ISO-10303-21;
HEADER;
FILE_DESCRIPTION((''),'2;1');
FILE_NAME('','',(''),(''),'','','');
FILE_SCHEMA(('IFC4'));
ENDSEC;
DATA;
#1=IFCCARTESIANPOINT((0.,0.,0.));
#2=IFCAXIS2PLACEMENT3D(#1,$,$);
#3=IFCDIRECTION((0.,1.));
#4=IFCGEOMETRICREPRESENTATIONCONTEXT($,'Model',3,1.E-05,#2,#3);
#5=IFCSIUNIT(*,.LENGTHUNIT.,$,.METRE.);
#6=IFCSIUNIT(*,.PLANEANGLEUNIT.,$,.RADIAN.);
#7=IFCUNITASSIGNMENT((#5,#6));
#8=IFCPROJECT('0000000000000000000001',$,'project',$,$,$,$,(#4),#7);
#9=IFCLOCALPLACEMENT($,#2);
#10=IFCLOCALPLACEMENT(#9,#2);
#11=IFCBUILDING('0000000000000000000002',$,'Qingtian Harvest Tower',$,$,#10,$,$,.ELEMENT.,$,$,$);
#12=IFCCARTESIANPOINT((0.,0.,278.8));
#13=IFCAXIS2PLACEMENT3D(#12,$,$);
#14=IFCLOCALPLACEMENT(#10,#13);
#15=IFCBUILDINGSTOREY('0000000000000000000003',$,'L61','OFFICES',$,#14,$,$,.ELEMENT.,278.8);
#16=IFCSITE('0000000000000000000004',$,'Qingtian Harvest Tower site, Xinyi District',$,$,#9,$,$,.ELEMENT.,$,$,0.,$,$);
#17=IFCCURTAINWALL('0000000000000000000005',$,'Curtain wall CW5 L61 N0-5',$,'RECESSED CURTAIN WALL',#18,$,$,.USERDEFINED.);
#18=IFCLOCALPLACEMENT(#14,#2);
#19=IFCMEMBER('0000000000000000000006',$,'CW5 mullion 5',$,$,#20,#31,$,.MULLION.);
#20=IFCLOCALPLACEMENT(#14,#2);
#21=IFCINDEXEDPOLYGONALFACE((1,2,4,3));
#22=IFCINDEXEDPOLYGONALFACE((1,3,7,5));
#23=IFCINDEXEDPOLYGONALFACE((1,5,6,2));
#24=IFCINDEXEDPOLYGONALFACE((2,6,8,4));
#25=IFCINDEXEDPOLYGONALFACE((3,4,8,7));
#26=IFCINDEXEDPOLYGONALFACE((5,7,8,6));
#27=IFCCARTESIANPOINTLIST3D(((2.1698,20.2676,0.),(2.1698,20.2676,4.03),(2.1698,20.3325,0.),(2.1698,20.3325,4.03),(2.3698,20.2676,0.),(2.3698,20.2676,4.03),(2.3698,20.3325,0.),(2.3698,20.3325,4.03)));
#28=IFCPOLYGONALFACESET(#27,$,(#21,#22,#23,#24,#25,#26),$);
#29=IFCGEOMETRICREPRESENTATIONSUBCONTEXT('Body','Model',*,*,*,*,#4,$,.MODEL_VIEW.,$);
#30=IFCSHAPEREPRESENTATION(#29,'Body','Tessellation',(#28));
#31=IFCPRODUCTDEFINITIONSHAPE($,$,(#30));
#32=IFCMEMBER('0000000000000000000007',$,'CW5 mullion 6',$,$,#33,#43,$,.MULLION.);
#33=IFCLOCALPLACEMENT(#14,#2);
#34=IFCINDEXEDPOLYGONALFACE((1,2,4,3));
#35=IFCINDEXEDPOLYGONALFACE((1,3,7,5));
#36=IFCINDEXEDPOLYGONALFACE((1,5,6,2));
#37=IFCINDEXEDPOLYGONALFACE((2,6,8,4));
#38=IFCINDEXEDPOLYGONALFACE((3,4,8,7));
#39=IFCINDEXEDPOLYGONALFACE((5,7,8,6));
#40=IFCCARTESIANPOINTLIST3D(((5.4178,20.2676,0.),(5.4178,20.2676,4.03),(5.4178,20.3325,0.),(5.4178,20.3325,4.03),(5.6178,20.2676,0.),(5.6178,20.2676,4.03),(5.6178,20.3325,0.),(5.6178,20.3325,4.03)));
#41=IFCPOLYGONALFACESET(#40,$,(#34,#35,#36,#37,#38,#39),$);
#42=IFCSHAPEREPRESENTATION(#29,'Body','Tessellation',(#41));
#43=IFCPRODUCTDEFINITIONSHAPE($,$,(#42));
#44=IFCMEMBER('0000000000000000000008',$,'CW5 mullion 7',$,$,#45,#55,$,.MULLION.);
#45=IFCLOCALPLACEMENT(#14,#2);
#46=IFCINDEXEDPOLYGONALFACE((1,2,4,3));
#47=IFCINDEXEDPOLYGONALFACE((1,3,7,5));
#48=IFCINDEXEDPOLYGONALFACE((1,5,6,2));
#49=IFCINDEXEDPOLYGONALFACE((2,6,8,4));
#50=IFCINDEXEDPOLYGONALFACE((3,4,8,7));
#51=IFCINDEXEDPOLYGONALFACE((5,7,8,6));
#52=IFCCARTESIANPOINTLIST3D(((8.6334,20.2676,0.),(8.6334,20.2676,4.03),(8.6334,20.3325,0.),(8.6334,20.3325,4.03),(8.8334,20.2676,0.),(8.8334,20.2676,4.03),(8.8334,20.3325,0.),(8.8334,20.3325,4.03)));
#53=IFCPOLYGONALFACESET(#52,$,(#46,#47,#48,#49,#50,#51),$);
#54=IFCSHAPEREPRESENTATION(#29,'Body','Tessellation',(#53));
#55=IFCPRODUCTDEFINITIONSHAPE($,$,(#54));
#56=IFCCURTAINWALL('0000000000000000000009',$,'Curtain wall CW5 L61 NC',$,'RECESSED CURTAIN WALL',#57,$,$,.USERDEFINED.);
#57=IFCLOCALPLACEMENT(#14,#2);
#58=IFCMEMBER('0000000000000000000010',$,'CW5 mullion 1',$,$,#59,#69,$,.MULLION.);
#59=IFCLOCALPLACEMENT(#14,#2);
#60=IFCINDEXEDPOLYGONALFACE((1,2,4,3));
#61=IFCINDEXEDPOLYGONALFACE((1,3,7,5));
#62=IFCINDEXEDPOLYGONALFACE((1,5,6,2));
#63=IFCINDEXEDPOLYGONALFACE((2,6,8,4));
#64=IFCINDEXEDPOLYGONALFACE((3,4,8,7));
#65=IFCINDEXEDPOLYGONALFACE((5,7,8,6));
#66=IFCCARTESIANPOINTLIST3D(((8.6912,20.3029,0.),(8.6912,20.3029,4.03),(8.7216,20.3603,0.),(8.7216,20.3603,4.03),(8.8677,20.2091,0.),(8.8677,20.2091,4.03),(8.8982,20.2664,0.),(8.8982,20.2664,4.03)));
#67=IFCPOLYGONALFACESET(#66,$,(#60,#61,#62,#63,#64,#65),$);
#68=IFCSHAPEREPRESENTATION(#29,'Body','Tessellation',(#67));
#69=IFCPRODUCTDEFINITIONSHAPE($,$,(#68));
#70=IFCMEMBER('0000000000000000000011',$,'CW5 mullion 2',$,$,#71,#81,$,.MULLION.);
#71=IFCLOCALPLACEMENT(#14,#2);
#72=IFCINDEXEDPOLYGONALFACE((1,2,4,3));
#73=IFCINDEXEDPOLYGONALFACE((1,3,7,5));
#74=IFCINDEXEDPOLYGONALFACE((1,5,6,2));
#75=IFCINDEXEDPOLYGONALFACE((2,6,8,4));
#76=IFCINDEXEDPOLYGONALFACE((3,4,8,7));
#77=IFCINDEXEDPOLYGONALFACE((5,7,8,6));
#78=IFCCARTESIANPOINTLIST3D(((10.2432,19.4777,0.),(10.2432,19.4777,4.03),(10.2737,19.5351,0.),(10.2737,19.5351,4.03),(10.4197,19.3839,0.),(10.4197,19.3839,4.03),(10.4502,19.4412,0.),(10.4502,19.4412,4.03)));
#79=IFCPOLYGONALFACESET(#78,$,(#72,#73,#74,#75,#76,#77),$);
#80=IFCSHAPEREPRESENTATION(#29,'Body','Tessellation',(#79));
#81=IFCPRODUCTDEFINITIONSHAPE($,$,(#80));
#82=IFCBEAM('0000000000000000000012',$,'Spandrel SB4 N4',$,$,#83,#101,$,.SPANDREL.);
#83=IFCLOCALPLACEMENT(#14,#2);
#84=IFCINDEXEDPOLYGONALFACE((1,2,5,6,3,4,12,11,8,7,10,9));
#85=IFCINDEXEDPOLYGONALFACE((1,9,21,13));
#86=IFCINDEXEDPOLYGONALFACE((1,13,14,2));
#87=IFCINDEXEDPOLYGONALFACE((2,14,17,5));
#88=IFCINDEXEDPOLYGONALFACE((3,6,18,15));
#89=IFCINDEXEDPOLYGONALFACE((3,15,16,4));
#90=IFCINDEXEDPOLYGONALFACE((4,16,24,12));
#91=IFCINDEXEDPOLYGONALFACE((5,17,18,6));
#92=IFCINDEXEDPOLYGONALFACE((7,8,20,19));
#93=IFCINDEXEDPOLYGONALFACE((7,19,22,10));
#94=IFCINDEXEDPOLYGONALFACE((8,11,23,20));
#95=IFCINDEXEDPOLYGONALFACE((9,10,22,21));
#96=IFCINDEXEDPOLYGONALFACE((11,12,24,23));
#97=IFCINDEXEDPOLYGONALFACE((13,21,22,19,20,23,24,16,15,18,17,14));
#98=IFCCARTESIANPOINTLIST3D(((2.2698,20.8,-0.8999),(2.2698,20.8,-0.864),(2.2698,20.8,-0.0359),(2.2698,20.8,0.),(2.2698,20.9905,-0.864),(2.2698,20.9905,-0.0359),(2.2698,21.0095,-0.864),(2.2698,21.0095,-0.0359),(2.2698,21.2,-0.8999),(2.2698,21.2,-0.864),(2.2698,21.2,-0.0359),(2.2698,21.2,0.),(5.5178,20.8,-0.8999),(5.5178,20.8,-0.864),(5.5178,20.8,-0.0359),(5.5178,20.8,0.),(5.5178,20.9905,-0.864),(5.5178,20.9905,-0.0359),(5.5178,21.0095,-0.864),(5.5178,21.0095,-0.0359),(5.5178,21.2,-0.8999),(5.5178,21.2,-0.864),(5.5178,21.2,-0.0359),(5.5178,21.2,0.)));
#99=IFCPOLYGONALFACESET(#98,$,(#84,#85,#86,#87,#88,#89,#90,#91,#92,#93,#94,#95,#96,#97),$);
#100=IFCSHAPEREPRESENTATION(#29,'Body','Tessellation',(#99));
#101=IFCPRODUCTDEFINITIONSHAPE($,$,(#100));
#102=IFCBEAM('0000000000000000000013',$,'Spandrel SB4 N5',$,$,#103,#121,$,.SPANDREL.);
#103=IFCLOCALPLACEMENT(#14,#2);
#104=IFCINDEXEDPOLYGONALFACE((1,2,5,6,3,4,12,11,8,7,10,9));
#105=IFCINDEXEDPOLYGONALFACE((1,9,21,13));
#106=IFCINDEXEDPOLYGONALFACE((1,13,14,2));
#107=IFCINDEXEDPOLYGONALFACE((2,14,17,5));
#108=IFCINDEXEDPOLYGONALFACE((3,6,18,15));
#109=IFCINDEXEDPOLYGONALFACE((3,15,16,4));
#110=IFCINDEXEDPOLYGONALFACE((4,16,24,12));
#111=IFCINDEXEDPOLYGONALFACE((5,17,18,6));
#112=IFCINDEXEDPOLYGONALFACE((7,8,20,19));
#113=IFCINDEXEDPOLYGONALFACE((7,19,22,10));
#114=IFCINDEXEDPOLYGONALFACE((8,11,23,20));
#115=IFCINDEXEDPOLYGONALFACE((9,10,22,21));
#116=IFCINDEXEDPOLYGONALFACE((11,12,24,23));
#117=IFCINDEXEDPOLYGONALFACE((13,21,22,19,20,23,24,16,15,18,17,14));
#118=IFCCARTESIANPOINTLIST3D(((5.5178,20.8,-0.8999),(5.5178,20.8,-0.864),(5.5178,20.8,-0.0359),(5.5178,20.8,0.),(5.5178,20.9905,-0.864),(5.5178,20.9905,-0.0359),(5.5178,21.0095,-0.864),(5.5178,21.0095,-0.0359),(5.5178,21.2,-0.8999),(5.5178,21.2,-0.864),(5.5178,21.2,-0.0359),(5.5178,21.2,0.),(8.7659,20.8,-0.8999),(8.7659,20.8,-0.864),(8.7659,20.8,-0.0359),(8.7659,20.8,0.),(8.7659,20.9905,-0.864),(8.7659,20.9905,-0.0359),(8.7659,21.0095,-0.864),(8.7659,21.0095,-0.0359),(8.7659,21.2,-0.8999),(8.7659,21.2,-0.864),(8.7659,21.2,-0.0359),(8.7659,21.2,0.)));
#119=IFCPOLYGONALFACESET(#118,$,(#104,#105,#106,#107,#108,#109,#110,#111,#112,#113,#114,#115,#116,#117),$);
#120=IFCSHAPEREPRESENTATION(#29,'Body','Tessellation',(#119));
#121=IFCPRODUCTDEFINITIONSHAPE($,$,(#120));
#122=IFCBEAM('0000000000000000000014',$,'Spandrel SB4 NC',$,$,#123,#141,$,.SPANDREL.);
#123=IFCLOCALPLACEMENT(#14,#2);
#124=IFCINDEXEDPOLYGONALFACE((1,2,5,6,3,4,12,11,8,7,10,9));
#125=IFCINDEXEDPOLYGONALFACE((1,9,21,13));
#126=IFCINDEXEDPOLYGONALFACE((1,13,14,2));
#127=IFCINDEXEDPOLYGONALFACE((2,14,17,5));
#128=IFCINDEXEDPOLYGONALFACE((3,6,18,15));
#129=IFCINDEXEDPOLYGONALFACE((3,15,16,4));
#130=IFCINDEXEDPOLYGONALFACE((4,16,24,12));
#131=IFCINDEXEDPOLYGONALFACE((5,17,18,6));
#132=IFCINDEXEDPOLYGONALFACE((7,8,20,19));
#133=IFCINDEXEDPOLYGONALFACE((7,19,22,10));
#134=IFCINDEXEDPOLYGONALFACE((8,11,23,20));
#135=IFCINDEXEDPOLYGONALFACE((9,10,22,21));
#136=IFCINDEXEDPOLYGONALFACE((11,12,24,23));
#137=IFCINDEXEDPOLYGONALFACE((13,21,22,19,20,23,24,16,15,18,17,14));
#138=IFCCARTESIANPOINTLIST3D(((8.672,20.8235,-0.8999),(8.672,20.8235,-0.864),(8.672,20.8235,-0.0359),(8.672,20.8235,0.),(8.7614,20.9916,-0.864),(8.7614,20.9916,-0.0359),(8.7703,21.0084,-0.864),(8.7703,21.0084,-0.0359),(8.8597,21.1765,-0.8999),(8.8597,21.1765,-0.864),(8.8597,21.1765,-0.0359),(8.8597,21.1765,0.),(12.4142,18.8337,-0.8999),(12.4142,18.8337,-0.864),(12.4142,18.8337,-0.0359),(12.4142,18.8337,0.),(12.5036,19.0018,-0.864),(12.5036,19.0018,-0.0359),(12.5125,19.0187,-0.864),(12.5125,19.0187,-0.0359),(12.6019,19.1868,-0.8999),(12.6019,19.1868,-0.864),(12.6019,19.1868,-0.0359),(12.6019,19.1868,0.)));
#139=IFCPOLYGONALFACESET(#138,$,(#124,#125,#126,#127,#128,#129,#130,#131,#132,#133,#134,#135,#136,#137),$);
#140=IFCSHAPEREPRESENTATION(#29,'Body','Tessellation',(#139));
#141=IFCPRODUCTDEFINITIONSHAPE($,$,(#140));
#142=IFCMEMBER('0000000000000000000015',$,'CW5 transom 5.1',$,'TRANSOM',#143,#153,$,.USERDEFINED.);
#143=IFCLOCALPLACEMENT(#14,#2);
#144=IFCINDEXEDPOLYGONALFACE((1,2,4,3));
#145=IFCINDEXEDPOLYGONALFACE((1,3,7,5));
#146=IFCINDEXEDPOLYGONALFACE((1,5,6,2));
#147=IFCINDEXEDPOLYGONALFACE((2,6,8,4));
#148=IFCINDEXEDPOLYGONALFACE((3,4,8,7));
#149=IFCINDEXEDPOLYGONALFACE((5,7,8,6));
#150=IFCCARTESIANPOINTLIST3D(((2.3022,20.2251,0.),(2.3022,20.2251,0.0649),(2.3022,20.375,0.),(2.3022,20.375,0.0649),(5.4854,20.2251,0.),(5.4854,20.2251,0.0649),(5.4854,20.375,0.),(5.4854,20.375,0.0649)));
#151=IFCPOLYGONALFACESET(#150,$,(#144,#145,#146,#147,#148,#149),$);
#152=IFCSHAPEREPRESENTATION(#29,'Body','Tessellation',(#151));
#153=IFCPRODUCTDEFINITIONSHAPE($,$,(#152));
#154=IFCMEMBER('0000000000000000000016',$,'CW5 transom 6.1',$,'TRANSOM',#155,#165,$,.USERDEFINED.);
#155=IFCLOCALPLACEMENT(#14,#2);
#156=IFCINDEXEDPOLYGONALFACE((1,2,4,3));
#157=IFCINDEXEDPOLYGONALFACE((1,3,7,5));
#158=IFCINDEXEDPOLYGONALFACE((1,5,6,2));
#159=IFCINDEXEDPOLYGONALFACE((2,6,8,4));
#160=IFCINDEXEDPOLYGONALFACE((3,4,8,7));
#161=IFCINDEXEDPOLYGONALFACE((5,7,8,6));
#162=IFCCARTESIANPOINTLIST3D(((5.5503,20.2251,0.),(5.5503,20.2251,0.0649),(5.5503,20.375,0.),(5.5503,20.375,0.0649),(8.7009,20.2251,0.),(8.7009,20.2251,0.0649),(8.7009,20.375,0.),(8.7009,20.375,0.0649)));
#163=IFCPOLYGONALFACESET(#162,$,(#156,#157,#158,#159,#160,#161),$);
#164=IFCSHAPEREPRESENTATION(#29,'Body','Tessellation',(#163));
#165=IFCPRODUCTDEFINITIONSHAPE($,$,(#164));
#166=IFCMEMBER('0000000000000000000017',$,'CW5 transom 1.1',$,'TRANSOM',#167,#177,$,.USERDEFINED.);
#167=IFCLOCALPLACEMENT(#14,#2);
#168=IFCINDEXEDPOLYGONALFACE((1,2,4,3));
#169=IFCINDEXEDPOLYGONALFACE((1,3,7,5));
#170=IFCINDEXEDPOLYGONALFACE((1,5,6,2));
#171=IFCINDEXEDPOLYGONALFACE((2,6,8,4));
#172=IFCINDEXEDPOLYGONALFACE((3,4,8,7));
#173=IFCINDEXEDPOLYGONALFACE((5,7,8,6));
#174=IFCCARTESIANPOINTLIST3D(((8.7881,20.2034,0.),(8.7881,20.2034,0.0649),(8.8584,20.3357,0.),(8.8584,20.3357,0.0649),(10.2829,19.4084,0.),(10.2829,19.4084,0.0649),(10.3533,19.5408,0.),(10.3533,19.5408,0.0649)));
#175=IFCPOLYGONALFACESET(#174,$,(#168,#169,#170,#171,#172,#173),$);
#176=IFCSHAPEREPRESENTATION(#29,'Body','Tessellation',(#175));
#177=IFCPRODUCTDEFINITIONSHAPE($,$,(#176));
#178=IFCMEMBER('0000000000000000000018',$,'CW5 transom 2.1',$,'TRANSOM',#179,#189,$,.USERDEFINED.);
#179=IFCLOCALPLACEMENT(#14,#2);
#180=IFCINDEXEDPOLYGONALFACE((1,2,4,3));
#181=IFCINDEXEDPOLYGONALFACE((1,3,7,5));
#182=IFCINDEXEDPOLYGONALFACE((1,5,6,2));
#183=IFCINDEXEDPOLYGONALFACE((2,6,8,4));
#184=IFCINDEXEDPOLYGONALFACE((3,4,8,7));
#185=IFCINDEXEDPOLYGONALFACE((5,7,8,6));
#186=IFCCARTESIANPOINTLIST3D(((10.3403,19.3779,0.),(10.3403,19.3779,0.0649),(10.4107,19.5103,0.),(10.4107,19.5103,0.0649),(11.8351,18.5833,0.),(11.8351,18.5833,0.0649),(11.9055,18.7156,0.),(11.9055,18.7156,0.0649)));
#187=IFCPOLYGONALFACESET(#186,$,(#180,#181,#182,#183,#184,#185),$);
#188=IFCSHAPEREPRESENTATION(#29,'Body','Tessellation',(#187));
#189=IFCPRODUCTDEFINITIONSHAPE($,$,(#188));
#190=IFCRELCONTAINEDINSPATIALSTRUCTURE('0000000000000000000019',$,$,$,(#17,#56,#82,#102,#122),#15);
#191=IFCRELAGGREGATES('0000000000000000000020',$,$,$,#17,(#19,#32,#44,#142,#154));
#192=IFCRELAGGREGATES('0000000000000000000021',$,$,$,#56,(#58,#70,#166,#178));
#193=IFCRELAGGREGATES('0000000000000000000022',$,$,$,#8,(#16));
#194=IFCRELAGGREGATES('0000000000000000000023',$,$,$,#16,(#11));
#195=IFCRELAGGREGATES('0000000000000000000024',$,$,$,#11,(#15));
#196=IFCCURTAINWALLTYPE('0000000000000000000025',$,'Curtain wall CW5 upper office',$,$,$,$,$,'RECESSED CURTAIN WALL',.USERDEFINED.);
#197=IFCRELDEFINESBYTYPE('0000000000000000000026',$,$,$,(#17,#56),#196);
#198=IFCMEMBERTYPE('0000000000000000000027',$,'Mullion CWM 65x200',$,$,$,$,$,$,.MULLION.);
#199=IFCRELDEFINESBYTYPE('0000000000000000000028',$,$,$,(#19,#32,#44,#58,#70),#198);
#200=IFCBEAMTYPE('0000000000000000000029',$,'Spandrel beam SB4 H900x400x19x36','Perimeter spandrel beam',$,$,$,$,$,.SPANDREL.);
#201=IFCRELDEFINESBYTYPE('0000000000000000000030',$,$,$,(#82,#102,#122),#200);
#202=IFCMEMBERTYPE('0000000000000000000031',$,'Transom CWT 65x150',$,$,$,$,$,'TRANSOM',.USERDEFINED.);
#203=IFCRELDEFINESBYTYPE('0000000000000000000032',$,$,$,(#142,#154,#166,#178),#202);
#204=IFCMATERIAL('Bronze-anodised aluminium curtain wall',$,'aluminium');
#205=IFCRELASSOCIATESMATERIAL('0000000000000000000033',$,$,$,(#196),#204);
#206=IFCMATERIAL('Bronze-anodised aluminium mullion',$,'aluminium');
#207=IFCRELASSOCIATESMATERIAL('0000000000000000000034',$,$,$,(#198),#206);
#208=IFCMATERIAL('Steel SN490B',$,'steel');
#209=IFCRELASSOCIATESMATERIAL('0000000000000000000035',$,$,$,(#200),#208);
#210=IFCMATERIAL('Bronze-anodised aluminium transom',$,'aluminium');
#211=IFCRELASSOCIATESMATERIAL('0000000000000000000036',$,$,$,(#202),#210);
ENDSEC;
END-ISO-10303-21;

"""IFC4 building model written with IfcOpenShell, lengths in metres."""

from ifc_helpers import new_model, si_unit, direction, frame, origin, origin_2d, place, context, subcontext, project, spatial, rectangle, i_section, extrude, material, material_profile, profile_set, type_object, element, aggregate, save


model = new_model("IFC4")

# Units and contexts
model_context = context("Model", 3, precision=1e-05, world=origin(), true_north=direction((0.0, 1.0)))
body_context = subcontext(model_context, "Body", "Model", "MODEL_VIEW")
ifc_project = project(units=[si_unit("LENGTHUNIT", "METRE"), si_unit("PLANEANGLEUNIT", "RADIAN")], contexts=[model_context])

# Site, building, storey
site_placement = place(None, origin())
site = spatial("IfcSite", under=ifc_project, at=site_placement, Name="Qingtian Harvest Tower site, Xinyi District", CompositionType="ELEMENT", RefElevation=0.0)
building_placement = place(site_placement, origin())
building = spatial("IfcBuilding", under=site, at=building_placement, Name="Qingtian Harvest Tower", CompositionType="ELEMENT")
storey_placement = place(building_placement, frame((0.0, 0.0, 278.8)))
storey = spatial("IfcBuildingStorey", under=building, at=storey_placement, Name="L61", Description="OFFICES", CompositionType="ELEMENT", Elevation=278.8)

# Curtain walls, members
ifc_material_1 = material(Name="Bronze-anodised aluminium curtain wall", Category="aluminium")
curtain_wall_type = type_object("IfcCurtainWallType", Name="Curtain wall CW5 upper office", ElementType="RECESSED CURTAIN WALL", PredefinedType="USERDEFINED", material=ifc_material_1)
curtain_wall_1_placement = place(storey_placement, origin())
curtain_wall_1 = element("IfcCurtainWall", 1, at=curtain_wall_1_placement, inside=storey, type_object=curtain_wall_type, Name="Curtain wall CW5 L61 N0-5", ObjectType="RECESSED CURTAIN WALL", PredefinedType="USERDEFINED")
ifc_material_2 = material(Name="Bronze-anodised aluminium mullion", Category="aluminium")
ifc_material_profile_1 = material_profile(ifc_material_2, rectangle(XDim=0.0649, YDim=0.2, at=origin_2d()), Name="AL 65x200")
ifc_profile_set_1 = profile_set([ifc_material_profile_1], Name="Bronze-anodised aluminium mullion")
member_type_1 = type_object("IfcMemberType", Name="Mullion CWM 65x200", PredefinedType="MULLION", material=ifc_profile_set_1)
member_1_placement = place(storey_placement, frame((2.2698, 20.3, 0.0), z_axis=(0.0, 0.0, 1.0), x_axis=(0.0, 1.0, 0.0)))
member_1 = element("IfcMember", 2, at=member_1_placement, type_object=member_type_1, Name="CW5 mullion 5", PredefinedType="MULLION", context=body_context, shape_type="SweptSolid", body=[
    extrude(rectangle(XDim=0.0649, YDim=0.2, at=origin_2d()), origin(), (0.0, 0.0, 1.0), 4.03),
])
member_2_placement = place(storey_placement, frame((5.5178, 20.3, 0.0), z_axis=(0.0, 0.0, 1.0), x_axis=(0.0, 1.0, 0.0)))
member_2 = element("IfcMember", 3, at=member_2_placement, type_object=member_type_1, Name="CW5 mullion 6", PredefinedType="MULLION", context=body_context, shape_type="SweptSolid", body=[
    extrude(rectangle(XDim=0.0649, YDim=0.2, at=origin_2d()), origin(), (0.0, 0.0, 1.0), 4.03),
])
member_3_placement = place(storey_placement, frame((8.7334, 20.3, 0.0), z_axis=(0.0, 0.0, 1.0), x_axis=(0.0, 1.0, 0.0)))
member_3 = element("IfcMember", 4, at=member_3_placement, type_object=member_type_1, Name="CW5 mullion 7", PredefinedType="MULLION", context=body_context, shape_type="SweptSolid", body=[
    extrude(rectangle(XDim=0.0649, YDim=0.2, at=origin_2d()), origin(), (0.0, 0.0, 1.0), 4.03),
])
curtain_wall_2_placement = place(storey_placement, origin())
curtain_wall_2 = element("IfcCurtainWall", 5, at=curtain_wall_2_placement, inside=storey, type_object=curtain_wall_type, Name="Curtain wall CW5 L61 NC", ObjectType="RECESSED CURTAIN WALL", PredefinedType="USERDEFINED")
member_4_placement = place(storey_placement, frame((8.7947, 20.2847, 0.0), z_axis=(0.0, 0.0, 1.0), x_axis=(0.469472, 0.882948, 0.0)))
member_4 = element("IfcMember", 6, at=member_4_placement, type_object=member_type_1, Name="CW5 mullion 1", PredefinedType="MULLION", context=body_context, shape_type="SweptSolid", body=[
    extrude(rectangle(XDim=0.0649, YDim=0.2, at=origin_2d()), origin(), (0.0, 0.0, 1.0), 4.03),
])
member_5_placement = place(storey_placement, frame((10.3467, 19.4595, 0.0), z_axis=(0.0, 0.0, 1.0), x_axis=(0.469472, 0.882948, 0.0)))
member_5 = element("IfcMember", 7, at=member_5_placement, type_object=member_type_1, Name="CW5 mullion 2", PredefinedType="MULLION", context=body_context, shape_type="SweptSolid", body=[
    extrude(rectangle(XDim=0.0649, YDim=0.2, at=origin_2d()), origin(), (0.0, 0.0, 1.0), 4.03),
])

# Beams
ifc_material_3 = material(Name="Steel SN490B", Category="steel")
ifc_material_profile_2 = material_profile(ifc_material_3, i_section(OverallWidth=0.3999, OverallDepth=0.8999, WebThickness=0.019, FlangeThickness=0.0359, at=origin_2d()), Name="H900x400x19x36")
ifc_profile_set_2 = profile_set([ifc_material_profile_2], Name="Steel SN490B")
beam_type_1 = type_object("IfcBeamType", Name="Spandrel beam SB4 H900x400x19x36", Description="Perimeter spandrel beam", PredefinedType="SPANDREL", material=ifc_profile_set_2)
for number, where, z_axis, x_axis, name in (
    (8, (2.2698, 21.0, -0.45), (1.0, 0.0, 0.0), (0.0, 1.0, 0.0), "Spandrel SB4 N4"),
    (9, (5.5178, 21.0, -0.45), (1.0, 0.0, 0.0), (0.0, 1.0, 0.0), "Spandrel SB4 N5"),
):
    element("IfcBeam", number, at=place(storey_placement, frame(where, z_axis=z_axis, x_axis=x_axis)), inside=storey, type_object=beam_type_1, Name=name, PredefinedType="SPANDREL", context=body_context, shape_type="SweptSolid", body=[
        extrude(i_section(OverallWidth=0.3999, OverallDepth=0.8999, WebThickness=0.019, FlangeThickness=0.0359, at=origin_2d()), origin(), (0.0, 0.0, 1.0), 3.248),
    ])
beam_1_placement = place(storey_placement, frame((8.7659, 21.0, -0.45), z_axis=(0.882949, -0.46947, 0.0), x_axis=(0.46947, 0.882949, 0.0)))
element("IfcBeam", 10, at=beam_1_placement, inside=storey, type_object=beam_type_1, Name="Spandrel SB4 NC", PredefinedType="SPANDREL", context=body_context, shape_type="SweptSolid", body=[
    extrude(i_section(OverallWidth=0.3999, OverallDepth=0.8999, WebThickness=0.019, FlangeThickness=0.0359, at=origin_2d()), origin(), (0.0, 0.0, 1.0), 4.2383),
])

# Members
ifc_material_4 = material(Name="Bronze-anodised aluminium transom", Category="aluminium")
ifc_material_profile_3 = material_profile(ifc_material_4, rectangle(XDim=0.1499, YDim=0.0649, at=origin_2d()), Name="AL 65x150")
ifc_profile_set_3 = profile_set([ifc_material_profile_3], Name="Bronze-anodised aluminium transom")
member_type_2 = type_object("IfcMemberType", Name="Transom CWT 65x150", ElementType="TRANSOM", PredefinedType="USERDEFINED", material=ifc_profile_set_3)
member_6_placement = place(storey_placement, frame((2.3022, 20.3, 0.0325), z_axis=(1.0, 0.0, 0.0), x_axis=(0.0, 1.0, 0.0)))
member_6 = element("IfcMember", 11, at=member_6_placement, type_object=member_type_2, Name="CW5 transom 5.1", ObjectType="TRANSOM", PredefinedType="USERDEFINED", context=body_context, shape_type="SweptSolid", body=[
    extrude(rectangle(XDim=0.1499, YDim=0.0649, at=origin_2d()), origin(), (0.0, 0.0, 1.0), 3.1831),
])
member_7_placement = place(storey_placement, frame((5.5503, 20.3, 0.0325), z_axis=(1.0, 0.0, 0.0), x_axis=(0.0, 1.0, 0.0)))
member_7 = element("IfcMember", 12, at=member_7_placement, type_object=member_type_2, Name="CW5 transom 6.1", ObjectType="TRANSOM", PredefinedType="USERDEFINED", context=body_context, shape_type="SweptSolid", body=[
    extrude(rectangle(XDim=0.1499, YDim=0.0649, at=origin_2d()), origin(), (0.0, 0.0, 1.0), 3.1506),
])
member_8_placement = place(storey_placement, frame((8.8232, 20.2695, 0.0325), z_axis=(0.882927, -0.46951, 0.0), x_axis=(0.46951, 0.882927, 0.0)))
member_8 = element("IfcMember", 13, at=member_8_placement, type_object=member_type_2, Name="CW5 transom 1.1", ObjectType="TRANSOM", PredefinedType="USERDEFINED", context=body_context, shape_type="SweptSolid", body=[
    extrude(rectangle(XDim=0.1499, YDim=0.0649, at=origin_2d()), origin(), (0.0, 0.0, 1.0), 1.6931),
])
member_9_placement = place(storey_placement, frame((10.3755, 19.4441, 0.0325), z_axis=(0.882987, -0.469398, 0.0), x_axis=(0.469398, 0.882987, 0.0)))
member_9 = element("IfcMember", 14, at=member_9_placement, type_object=member_type_2, Name="CW5 transom 2.1", ObjectType="TRANSOM", PredefinedType="USERDEFINED", context=body_context, shape_type="SweptSolid", body=[
    extrude(rectangle(XDim=0.1499, YDim=0.0649, at=origin_2d()), origin(), (0.0, 0.0, 1.0), 1.6929),
])

aggregate(curtain_wall_1, [member_1, member_2, member_3, member_6, member_7])
aggregate(curtain_wall_2, [member_4, member_5, member_8, member_9])

save(model, "model.ifc")
